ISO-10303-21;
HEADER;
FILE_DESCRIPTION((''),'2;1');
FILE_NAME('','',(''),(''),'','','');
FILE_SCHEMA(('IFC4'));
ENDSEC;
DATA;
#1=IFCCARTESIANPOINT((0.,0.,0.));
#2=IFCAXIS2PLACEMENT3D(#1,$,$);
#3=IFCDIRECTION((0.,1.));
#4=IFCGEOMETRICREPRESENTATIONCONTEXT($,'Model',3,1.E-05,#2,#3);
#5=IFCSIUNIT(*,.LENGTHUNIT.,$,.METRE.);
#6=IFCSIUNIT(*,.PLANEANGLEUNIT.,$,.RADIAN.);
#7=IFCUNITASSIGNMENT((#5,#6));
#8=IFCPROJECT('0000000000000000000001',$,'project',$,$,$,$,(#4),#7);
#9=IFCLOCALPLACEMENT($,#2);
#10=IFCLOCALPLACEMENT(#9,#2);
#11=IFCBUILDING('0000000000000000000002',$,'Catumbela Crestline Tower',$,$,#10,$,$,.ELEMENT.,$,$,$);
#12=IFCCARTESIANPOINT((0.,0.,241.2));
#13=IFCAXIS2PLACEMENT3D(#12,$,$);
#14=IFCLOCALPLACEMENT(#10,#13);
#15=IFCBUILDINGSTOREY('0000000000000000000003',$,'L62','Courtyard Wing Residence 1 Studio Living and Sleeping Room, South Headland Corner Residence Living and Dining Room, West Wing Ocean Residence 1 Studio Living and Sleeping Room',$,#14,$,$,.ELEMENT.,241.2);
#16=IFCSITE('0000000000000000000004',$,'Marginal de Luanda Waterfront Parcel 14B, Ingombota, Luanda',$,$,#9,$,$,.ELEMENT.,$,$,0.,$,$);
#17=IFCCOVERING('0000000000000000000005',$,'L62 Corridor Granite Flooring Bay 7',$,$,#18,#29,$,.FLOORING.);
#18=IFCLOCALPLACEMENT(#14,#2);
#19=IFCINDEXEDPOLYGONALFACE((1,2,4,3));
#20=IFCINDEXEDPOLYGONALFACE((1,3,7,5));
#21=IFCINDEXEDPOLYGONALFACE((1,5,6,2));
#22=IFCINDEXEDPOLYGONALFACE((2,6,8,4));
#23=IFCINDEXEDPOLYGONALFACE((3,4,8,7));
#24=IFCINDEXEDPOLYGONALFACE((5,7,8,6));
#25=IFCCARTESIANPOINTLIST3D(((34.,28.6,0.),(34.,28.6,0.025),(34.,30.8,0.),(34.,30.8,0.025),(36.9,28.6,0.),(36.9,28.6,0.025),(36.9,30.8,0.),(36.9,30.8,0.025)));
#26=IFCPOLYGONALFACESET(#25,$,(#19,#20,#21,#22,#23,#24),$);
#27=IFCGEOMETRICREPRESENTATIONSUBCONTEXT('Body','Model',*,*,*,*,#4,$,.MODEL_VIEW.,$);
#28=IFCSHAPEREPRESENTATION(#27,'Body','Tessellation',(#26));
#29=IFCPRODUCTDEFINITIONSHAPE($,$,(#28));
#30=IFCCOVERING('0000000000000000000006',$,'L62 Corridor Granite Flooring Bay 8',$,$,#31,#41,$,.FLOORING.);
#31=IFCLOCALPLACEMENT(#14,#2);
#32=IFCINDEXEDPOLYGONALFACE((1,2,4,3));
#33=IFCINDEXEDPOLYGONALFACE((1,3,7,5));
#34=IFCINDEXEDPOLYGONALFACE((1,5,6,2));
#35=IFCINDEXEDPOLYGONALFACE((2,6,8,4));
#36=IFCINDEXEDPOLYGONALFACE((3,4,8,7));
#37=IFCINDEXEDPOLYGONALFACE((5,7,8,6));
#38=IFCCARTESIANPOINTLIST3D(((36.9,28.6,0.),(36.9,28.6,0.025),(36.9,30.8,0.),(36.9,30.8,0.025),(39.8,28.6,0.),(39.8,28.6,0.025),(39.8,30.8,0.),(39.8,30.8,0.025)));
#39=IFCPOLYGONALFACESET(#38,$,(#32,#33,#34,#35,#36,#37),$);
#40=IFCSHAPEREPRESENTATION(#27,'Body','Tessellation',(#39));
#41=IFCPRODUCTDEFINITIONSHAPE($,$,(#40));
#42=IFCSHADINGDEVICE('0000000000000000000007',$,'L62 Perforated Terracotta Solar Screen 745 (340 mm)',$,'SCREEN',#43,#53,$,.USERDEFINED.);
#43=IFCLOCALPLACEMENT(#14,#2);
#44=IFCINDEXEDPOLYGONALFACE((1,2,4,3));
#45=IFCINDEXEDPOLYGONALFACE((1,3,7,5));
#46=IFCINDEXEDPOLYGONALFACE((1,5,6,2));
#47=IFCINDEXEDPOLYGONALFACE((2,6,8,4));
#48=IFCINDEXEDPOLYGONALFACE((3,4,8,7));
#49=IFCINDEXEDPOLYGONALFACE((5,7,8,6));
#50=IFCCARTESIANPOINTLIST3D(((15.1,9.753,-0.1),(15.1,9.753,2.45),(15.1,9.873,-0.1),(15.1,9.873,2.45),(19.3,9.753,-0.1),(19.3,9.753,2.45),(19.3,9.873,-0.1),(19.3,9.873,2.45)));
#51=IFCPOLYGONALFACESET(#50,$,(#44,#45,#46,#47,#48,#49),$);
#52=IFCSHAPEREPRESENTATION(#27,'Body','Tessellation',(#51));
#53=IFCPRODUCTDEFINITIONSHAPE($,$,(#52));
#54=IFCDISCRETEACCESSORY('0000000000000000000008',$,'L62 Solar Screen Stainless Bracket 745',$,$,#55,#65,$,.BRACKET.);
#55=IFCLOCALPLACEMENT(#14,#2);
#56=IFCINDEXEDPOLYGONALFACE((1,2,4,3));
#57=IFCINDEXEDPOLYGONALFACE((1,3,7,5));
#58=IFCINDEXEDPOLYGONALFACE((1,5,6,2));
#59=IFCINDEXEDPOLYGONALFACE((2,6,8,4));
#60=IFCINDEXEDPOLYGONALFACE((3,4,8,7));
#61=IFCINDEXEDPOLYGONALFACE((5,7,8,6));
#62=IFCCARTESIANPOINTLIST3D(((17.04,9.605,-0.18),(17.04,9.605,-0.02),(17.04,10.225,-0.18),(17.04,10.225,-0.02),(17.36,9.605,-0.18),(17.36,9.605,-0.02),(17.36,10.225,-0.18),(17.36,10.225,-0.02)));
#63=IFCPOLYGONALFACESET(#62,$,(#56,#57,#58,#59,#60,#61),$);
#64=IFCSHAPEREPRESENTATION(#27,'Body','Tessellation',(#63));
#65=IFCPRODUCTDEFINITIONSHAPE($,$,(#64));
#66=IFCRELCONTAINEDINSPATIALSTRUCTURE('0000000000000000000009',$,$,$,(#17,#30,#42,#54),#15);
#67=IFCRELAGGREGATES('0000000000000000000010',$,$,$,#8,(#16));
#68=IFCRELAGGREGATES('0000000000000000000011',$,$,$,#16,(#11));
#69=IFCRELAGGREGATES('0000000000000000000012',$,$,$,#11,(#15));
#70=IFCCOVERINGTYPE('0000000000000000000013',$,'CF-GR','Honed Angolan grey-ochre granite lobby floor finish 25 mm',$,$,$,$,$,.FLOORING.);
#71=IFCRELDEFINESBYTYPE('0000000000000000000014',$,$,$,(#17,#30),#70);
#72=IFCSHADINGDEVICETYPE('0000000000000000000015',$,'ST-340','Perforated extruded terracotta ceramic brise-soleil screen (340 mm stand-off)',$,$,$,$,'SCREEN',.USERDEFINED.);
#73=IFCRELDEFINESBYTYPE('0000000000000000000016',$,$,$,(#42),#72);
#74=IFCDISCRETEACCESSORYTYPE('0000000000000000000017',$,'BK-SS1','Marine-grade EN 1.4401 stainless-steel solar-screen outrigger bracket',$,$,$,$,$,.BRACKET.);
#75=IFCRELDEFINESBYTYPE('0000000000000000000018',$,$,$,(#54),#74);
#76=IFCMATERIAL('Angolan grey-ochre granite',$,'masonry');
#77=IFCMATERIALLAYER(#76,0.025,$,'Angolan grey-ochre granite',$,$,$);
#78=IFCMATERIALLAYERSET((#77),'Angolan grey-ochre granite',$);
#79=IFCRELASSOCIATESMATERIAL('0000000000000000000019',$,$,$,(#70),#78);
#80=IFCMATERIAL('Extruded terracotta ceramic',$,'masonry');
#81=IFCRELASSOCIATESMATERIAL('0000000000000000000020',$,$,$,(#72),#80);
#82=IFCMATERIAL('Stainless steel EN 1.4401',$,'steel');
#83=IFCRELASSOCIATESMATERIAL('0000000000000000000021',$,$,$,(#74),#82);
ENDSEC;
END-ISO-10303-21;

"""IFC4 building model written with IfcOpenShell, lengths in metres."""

from ifc_helpers import new_model, si_unit, direction, frame, origin, origin_2d, place, context, subcontext, project, spatial, polyline, rectangle, outline, extrude, material, layer, layer_set, type_object, element, save


model = new_model("IFC4")

# Units and contexts
model_context = context("Model", 3, precision=1e-05, world=origin(), true_north=direction((0.0, 1.0)))
body_context = subcontext(model_context, "Body", "Model", "MODEL_VIEW")
ifc_project = project(units=[si_unit("LENGTHUNIT", "METRE"), si_unit("PLANEANGLEUNIT", "RADIAN")], contexts=[model_context])

# Site, building, storey
site_placement = place(None, origin())
site = spatial("IfcSite", under=ifc_project, at=site_placement, Name="Marginal de Luanda Waterfront Parcel 14B, Ingombota, Luanda", CompositionType="ELEMENT", RefElevation=0.0)
building_placement = place(site_placement, origin())
building = spatial("IfcBuilding", under=site, at=building_placement, Name="Catumbela Crestline Tower", CompositionType="ELEMENT")
storey_placement = place(building_placement, frame((0.0, 0.0, 241.2)))
storey = spatial("IfcBuildingStorey", under=building, at=storey_placement, Name="L62", Description="Courtyard Wing Residence 1 Studio Living and Sleeping Room, South Headland Corner Residence Living and Dining Room, West Wing Ocean Residence 1 Studio Living and Sleeping Room", CompositionType="ELEMENT", Elevation=241.2)

# Shared definitions
ifc_material_1 = material(Name="Angolan grey-ochre granite", Category="masonry")

# Coverings
ifc_layer_1 = layer(ifc_material_1, 0.025, Name="Angolan grey-ochre granite")
ifc_layer_set_1 = layer_set([ifc_layer_1], Name="Angolan grey-ochre granite")
covering_type_1 = type_object("IfcCoveringType", Name="CF-GR", Description="Honed Angolan grey-ochre granite lobby floor finish 25 mm", PredefinedType="FLOORING", material=ifc_layer_set_1)
covering_1_placement = place(storey_placement, origin())
element("IfcCovering", 1, at=covering_1_placement, inside=storey, type_object=covering_type_1, Name="L62 Corridor Granite Flooring Bay 7", PredefinedType="FLOORING", context=body_context, shape_type="SweptSolid", body=[
    extrude(outline(polyline([(34.0, 28.6), (36.9, 28.6), (36.9, 30.8), (34.0, 30.8), (34.0, 28.6)])), origin(), (0.0, 0.0, 1.0), 0.025),
])
covering_2_placement = place(storey_placement, origin())
element("IfcCovering", 2, at=covering_2_placement, inside=storey, type_object=covering_type_1, Name="L62 Corridor Granite Flooring Bay 8", PredefinedType="FLOORING", context=body_context, shape_type="SweptSolid", body=[
    extrude(outline(polyline([(36.9, 28.6), (39.8, 28.6), (39.8, 30.8), (36.9, 30.8), (36.9, 28.6)])), origin(), (0.0, 0.0, 1.0), 0.025),
])

# Shared definitions
ifc_material_2 = material(Name="Stainless steel EN 1.4401", Category="steel")

# Shading device
ifc_material_3 = material(Name="Extruded terracotta ceramic", Category="masonry")
shading_device_type = type_object("IfcShadingDeviceType", Name="ST-340", Description="Perforated extruded terracotta ceramic brise-soleil screen (340 mm stand-off)", ElementType="SCREEN", PredefinedType="USERDEFINED", material=ifc_material_3)
shading_device_placement = place(storey_placement, frame((17.2, 9.813, -0.1), z_axis=(0.0, 0.0, 1.0), x_axis=(1.0, 0.0, 0.0)))
element("IfcShadingDevice", 3, at=shading_device_placement, inside=storey, type_object=shading_device_type, Name="L62 Perforated Terracotta Solar Screen 745 (340 mm)", ObjectType="SCREEN", PredefinedType="USERDEFINED", context=body_context, shape_type="SweptSolid", body=[
    extrude(rectangle(XDim=4.2, YDim=0.12, at=origin_2d()), origin(), (0.0, 0.0, 1.0), 2.55),
])

# Discrete accessory
discrete_accessory_type = type_object("IfcDiscreteAccessoryType", Name="BK-SS1", Description="Marine-grade EN 1.4401 stainless-steel solar-screen outrigger bracket", PredefinedType="BRACKET", material=ifc_material_2)
discrete_accessory_placement = place(storey_placement, frame((17.2, 9.915, -0.18), z_axis=(0.0, 0.0, 1.0), x_axis=(1.0, 0.0, 0.0)))
element("IfcDiscreteAccessory", 4, at=discrete_accessory_placement, inside=storey, type_object=discrete_accessory_type, Name="L62 Solar Screen Stainless Bracket 745", PredefinedType="BRACKET", context=body_context, shape_type="SweptSolid", body=[
    extrude(rectangle(XDim=0.32, YDim=0.62, at=origin_2d()), origin(), (0.0, 0.0, 1.0), 0.16),
])

save(model, "model.ifc")
